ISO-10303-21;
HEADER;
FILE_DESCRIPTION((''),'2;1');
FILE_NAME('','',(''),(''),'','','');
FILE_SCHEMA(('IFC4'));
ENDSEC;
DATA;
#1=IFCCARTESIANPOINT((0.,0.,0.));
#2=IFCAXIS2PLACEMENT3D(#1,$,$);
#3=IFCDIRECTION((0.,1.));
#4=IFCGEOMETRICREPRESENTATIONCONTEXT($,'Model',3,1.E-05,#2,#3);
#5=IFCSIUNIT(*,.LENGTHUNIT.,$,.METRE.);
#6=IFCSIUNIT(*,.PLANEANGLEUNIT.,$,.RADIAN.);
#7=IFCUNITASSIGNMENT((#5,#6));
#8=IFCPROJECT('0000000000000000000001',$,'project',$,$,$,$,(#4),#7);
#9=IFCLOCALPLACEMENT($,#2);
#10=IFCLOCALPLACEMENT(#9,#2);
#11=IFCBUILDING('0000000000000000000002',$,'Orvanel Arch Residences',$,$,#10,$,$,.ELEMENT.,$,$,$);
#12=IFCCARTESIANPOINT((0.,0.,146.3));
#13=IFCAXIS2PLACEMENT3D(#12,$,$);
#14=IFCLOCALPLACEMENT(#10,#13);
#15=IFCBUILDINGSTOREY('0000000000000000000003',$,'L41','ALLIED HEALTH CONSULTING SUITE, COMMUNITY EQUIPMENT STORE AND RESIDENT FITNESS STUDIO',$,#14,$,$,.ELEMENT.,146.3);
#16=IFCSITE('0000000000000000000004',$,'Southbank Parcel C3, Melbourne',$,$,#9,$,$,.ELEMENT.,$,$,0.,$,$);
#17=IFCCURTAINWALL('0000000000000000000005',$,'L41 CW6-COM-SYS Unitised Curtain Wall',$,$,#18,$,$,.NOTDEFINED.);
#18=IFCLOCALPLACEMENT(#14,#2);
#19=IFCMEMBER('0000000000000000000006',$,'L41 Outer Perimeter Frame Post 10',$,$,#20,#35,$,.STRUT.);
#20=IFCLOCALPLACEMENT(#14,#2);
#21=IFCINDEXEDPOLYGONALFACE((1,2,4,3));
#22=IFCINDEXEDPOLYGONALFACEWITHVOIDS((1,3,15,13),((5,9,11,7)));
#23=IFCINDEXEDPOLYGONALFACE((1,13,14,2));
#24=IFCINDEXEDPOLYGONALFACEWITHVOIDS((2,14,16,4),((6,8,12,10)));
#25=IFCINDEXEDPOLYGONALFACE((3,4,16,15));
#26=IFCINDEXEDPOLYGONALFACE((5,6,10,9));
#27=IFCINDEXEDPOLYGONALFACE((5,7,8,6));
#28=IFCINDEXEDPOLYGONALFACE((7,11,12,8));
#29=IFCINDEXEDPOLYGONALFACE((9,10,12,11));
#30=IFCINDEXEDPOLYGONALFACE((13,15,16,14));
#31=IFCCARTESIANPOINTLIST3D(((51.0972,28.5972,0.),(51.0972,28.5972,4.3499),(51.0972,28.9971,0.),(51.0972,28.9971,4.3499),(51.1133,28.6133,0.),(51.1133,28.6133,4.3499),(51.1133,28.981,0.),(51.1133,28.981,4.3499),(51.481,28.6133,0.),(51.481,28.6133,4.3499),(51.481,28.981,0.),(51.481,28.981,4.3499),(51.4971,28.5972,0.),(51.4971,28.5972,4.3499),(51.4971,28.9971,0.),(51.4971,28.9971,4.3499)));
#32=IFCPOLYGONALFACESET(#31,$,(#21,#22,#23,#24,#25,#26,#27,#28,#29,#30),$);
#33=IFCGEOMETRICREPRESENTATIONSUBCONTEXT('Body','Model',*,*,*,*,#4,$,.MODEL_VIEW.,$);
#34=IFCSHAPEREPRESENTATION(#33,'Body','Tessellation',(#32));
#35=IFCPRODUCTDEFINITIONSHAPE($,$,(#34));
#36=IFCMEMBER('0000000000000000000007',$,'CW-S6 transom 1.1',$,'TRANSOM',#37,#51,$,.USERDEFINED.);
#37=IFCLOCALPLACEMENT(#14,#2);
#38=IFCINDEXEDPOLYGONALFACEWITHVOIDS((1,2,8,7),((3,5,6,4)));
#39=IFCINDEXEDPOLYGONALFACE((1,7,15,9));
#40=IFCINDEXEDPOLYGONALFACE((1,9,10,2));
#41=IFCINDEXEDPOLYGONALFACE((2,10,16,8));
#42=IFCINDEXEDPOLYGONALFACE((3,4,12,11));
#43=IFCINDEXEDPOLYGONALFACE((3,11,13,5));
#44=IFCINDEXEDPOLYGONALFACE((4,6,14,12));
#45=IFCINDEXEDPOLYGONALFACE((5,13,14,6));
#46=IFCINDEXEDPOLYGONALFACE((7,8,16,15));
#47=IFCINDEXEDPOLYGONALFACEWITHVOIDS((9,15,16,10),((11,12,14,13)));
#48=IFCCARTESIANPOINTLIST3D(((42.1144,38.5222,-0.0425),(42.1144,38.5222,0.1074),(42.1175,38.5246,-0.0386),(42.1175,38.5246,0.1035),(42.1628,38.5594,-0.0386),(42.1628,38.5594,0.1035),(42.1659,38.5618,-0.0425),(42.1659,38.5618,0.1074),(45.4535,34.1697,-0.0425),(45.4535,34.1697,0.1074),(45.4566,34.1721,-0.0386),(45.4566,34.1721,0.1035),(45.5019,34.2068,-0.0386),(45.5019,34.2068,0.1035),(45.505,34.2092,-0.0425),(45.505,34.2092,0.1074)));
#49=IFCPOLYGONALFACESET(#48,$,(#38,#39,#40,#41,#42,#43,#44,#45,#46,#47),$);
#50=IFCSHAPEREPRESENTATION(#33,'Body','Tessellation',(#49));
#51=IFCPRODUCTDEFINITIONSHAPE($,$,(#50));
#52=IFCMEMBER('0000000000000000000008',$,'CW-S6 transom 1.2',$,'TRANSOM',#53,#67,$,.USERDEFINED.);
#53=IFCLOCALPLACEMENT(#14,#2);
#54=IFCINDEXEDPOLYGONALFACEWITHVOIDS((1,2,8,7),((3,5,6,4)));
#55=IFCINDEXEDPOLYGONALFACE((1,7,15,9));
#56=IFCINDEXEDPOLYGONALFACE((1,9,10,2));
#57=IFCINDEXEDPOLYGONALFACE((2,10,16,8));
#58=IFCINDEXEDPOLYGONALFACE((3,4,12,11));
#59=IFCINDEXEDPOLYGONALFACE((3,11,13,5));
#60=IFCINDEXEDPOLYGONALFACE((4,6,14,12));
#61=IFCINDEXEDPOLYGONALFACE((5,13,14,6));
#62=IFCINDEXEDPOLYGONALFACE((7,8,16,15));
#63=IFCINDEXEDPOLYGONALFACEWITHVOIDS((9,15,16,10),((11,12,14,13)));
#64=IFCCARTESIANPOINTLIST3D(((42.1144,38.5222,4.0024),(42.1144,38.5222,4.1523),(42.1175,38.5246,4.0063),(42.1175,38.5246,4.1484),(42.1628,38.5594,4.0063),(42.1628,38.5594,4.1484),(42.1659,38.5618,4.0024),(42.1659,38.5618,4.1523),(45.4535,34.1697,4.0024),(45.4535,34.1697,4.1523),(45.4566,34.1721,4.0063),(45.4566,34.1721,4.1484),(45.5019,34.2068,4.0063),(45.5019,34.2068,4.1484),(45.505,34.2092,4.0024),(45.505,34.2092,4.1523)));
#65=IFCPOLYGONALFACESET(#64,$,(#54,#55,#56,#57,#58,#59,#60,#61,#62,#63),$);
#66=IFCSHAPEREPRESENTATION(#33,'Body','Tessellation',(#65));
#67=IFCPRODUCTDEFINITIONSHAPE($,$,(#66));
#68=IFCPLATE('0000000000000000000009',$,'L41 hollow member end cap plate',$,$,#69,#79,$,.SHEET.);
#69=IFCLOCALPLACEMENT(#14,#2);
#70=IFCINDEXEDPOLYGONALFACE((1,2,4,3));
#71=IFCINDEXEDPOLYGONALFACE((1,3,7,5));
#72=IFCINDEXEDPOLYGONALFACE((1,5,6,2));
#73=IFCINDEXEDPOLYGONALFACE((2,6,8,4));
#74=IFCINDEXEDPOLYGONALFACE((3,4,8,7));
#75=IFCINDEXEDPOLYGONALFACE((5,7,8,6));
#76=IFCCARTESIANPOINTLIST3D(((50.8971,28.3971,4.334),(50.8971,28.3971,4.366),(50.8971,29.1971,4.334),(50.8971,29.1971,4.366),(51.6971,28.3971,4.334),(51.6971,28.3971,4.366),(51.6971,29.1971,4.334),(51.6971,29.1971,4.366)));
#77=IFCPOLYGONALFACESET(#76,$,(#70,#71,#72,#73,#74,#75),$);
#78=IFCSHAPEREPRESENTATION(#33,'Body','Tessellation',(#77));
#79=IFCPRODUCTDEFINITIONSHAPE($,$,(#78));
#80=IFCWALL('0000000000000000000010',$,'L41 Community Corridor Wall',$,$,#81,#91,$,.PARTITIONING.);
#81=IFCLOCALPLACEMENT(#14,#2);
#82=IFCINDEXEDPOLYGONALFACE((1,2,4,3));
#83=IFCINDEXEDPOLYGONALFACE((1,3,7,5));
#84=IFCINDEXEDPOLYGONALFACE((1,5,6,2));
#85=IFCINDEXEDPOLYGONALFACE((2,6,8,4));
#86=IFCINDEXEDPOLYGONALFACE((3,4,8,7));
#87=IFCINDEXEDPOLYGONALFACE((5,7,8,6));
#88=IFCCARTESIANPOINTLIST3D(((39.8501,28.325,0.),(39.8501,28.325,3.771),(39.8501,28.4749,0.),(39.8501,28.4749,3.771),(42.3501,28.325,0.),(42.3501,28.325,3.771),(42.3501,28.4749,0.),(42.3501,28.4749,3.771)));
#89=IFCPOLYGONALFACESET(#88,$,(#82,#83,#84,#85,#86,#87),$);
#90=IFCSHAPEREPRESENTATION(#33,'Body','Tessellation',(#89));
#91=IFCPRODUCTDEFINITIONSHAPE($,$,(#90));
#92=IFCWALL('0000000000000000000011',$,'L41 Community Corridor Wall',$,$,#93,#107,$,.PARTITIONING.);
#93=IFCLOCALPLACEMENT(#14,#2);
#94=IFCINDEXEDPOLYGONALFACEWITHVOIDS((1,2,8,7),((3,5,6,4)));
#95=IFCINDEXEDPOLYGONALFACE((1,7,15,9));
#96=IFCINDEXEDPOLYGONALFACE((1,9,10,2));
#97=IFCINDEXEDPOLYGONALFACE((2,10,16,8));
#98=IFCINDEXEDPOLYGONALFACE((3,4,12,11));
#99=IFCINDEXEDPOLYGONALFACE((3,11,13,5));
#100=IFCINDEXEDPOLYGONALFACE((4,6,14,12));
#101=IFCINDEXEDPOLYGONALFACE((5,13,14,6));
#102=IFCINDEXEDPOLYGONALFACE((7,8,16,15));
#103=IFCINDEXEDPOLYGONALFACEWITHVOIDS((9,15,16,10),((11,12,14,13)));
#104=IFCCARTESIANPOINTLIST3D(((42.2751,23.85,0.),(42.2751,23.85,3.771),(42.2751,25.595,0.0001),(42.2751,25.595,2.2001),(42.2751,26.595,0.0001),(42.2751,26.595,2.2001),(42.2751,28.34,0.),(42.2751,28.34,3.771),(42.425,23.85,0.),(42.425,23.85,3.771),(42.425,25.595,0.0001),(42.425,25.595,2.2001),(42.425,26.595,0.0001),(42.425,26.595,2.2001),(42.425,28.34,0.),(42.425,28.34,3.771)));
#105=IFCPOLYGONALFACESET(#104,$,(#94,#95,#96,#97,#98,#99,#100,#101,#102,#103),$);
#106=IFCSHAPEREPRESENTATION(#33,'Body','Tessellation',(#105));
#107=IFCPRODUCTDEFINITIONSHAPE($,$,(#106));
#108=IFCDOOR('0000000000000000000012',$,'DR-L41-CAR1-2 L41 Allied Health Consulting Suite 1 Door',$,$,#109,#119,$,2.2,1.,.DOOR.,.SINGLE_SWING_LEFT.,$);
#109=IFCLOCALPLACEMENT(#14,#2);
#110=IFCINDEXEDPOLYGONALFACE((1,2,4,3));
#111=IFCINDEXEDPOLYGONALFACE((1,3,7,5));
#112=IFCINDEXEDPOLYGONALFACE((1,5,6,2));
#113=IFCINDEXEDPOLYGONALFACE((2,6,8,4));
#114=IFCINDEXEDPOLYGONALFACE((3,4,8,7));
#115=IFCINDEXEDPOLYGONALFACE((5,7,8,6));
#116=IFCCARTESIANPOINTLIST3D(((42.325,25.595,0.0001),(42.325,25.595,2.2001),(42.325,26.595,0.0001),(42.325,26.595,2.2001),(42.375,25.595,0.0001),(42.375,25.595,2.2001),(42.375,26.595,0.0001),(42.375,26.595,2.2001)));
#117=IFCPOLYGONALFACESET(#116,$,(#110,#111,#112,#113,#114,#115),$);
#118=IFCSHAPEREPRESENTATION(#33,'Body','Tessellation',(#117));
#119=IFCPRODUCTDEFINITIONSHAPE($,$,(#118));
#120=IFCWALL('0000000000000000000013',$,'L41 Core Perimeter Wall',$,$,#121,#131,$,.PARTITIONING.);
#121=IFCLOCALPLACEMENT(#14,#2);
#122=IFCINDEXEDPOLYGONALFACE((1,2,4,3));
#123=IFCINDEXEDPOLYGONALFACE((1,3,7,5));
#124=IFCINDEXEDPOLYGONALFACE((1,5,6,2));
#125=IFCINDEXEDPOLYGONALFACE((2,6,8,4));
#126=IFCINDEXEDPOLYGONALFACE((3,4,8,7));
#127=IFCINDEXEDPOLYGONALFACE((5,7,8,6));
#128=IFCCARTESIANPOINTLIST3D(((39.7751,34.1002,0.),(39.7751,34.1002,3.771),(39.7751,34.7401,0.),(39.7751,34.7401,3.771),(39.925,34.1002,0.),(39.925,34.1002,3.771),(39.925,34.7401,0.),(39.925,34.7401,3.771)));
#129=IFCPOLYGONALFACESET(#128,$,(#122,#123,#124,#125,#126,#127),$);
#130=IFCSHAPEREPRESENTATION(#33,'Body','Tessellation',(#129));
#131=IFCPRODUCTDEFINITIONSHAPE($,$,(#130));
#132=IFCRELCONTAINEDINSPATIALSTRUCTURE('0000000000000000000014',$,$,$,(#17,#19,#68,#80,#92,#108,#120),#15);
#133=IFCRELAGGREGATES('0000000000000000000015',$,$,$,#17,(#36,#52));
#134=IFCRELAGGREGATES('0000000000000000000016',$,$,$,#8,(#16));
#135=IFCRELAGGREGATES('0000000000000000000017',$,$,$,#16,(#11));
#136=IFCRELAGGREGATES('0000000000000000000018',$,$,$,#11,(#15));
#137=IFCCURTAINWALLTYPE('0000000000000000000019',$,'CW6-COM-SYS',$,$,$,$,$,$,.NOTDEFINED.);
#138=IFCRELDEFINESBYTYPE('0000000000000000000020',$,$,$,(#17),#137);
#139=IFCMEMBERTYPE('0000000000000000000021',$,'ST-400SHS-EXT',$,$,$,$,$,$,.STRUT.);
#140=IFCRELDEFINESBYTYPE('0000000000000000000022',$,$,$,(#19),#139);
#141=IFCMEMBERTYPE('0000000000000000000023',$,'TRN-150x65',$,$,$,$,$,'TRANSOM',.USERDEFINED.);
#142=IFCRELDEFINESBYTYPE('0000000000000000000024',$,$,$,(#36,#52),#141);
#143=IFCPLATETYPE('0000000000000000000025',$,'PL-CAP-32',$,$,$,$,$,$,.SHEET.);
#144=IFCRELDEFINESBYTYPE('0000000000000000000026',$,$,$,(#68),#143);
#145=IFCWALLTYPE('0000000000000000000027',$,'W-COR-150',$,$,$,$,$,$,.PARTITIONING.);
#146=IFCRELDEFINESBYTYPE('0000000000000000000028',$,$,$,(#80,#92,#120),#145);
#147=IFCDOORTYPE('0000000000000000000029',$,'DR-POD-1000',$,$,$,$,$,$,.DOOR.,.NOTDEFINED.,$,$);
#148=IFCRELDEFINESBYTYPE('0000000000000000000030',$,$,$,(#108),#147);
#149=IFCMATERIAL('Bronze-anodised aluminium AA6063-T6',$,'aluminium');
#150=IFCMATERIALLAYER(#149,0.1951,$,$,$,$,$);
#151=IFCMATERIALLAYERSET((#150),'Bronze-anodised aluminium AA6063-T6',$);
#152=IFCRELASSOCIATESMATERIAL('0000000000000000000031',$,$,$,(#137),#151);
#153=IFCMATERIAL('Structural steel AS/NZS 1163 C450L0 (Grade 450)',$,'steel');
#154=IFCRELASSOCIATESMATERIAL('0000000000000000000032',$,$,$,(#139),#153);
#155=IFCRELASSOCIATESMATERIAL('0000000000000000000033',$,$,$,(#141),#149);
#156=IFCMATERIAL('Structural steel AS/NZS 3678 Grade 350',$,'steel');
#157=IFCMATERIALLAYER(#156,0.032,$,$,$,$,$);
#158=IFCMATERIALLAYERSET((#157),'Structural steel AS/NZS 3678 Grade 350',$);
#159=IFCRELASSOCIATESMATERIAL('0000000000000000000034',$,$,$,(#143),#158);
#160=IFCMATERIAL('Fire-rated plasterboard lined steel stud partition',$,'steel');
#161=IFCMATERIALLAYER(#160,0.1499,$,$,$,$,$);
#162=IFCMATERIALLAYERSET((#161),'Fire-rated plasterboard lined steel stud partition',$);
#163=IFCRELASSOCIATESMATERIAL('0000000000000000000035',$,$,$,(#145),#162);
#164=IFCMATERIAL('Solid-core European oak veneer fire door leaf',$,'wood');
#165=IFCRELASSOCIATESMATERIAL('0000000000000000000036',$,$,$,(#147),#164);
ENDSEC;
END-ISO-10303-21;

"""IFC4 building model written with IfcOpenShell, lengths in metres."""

from ifc_helpers import new_model, si_unit, direction, frame, frame_2d, origin, origin_2d, place, context, subcontext, project, spatial, rectangle, hollow_rectangle, extrude, material, layer, layer_set, material_profile, profile_set, type_object, element, fill, aggregate, save


model = new_model("IFC4")

# Units and contexts
model_context = context("Model", 3, precision=1e-05, world=origin(), true_north=direction((0.0, 1.0)))
body_context = subcontext(model_context, "Body", "Model", "MODEL_VIEW")
ifc_project = project(units=[si_unit("LENGTHUNIT", "METRE"), si_unit("PLANEANGLEUNIT", "RADIAN")], contexts=[model_context])

# Site, building, storey
site_placement = place(None, origin())
site = spatial("IfcSite", under=ifc_project, at=site_placement, Name="Southbank Parcel C3, Melbourne", CompositionType="ELEMENT", RefElevation=0.0)
building_placement = place(site_placement, origin())
building = spatial("IfcBuilding", under=site, at=building_placement, Name="Orvanel Arch Residences", CompositionType="ELEMENT")
storey_placement = place(building_placement, frame((0.0, 0.0, 146.3)))
storey = spatial("IfcBuildingStorey", under=building, at=storey_placement, Name="L41", Description="ALLIED HEALTH CONSULTING SUITE, COMMUNITY EQUIPMENT STORE AND RESIDENT FITNESS STUDIO", CompositionType="ELEMENT", Elevation=146.3)

# Shared definitions
ifc_material_1 = material(Name="Structural steel AS/NZS 1163 C450L0 (Grade 450)", Category="steel")

# Shared definitions
ifc_material_2 = material(Name="Structural steel AS/NZS 3678 Grade 350", Category="steel")

# Curtain wall
ifc_material_3 = material(Name="Bronze-anodised aluminium AA6063-T6", Category="aluminium")
ifc_layer_1 = layer(ifc_material_3, 0.1951)
ifc_layer_set_1 = layer_set([ifc_layer_1], Name="Bronze-anodised aluminium AA6063-T6")
curtain_wall_type = type_object("IfcCurtainWallType", Name="CW6-COM-SYS", PredefinedType="NOTDEFINED", material=ifc_layer_set_1)
curtain_wall_placement = place(storey_placement, origin())
curtain_wall = element("IfcCurtainWall", 1, at=curtain_wall_placement, inside=storey, type_object=curtain_wall_type, Name="L41 CW6-COM-SYS Unitised Curtain Wall", PredefinedType="NOTDEFINED")

# Members
ifc_material_profile_1 = material_profile(ifc_material_1, hollow_rectangle(XDim=0.3999, YDim=0.3999, WallThickness=0.0161, at=origin_2d()), Name="SHS400x400x16")
ifc_profile_set_1 = profile_set([ifc_material_profile_1], Name="Structural steel AS/NZS 1163 C450L0 (Grade 450)")
member_type_1 = type_object("IfcMemberType", Name="ST-400SHS-EXT", PredefinedType="STRUT", material=ifc_profile_set_1)
member_1_placement = place(storey_placement, frame((51.2971, 28.7971, 0.0), z_axis=(0.0, 0.0, 1.0), x_axis=(1.0, 0.0, 0.0)))
element("IfcMember", 2, at=member_1_placement, inside=storey, type_object=member_type_1, Name="L41 Outer Perimeter Frame Post 10", PredefinedType="STRUT", context=body_context, shape_type="SweptSolid", body=[
    extrude(hollow_rectangle(XDim=0.3999, YDim=0.3999, WallThickness=0.0161, at=origin_2d()), origin(), (0.0, 0.0, 1.0), 4.3499),
])
ifc_material_profile_2 = material_profile(ifc_material_3, hollow_rectangle(XDim=0.0649, YDim=0.1499, WallThickness=0.0039, at=origin_2d()), Name="ALU150x65x4")
ifc_profile_set_2 = profile_set([ifc_material_profile_2], Name="Bronze-anodised aluminium AA6063-T6")
member_type_2 = type_object("IfcMemberType", Name="TRN-150x65", ElementType="TRANSOM", PredefinedType="USERDEFINED", material=ifc_profile_set_2)
member_2_placement = place(storey_placement, frame((45.4792, 34.1895, 0.0325), z_axis=(-0.60868, 0.793416, 0.0), x_axis=(-0.793416, -0.60868, 0.0)))
member_2 = element("IfcMember", 3, at=member_2_placement, type_object=member_type_2, Name="CW-S6 transom 1.1", ObjectType="TRANSOM", PredefinedType="USERDEFINED", context=body_context, shape_type="SweptSolid", body=[
    extrude(hollow_rectangle(XDim=0.0649, YDim=0.1499, WallThickness=0.0039, at=origin_2d()), origin(), (0.0, 0.0, 1.0), 5.4858),
])
member_3_placement = place(storey_placement, frame((45.4792, 34.1895, 4.0774), z_axis=(-0.60868, 0.793416, 0.0), x_axis=(-0.793416, -0.60868, 0.0)))
member_3 = element("IfcMember", 4, at=member_3_placement, type_object=member_type_2, Name="CW-S6 transom 1.2", ObjectType="TRANSOM", PredefinedType="USERDEFINED", context=body_context, shape_type="SweptSolid", body=[
    extrude(hollow_rectangle(XDim=0.0649, YDim=0.1499, WallThickness=0.0039, at=origin_2d()), origin(), (0.0, 0.0, 1.0), 5.4858),
])
aggregate(curtain_wall, [member_2, member_3])

# Plate
ifc_layer_2 = layer(ifc_material_2, 0.032)
ifc_layer_set_2 = layer_set([ifc_layer_2], Name="Structural steel AS/NZS 3678 Grade 350")
plate_type = type_object("IfcPlateType", Name="PL-CAP-32", PredefinedType="SHEET", material=ifc_layer_set_2)
plate_placement = place(storey_placement, frame((51.2971, 28.7971, 4.334), z_axis=(0.0, 0.0, 1.0), x_axis=(1.0, 0.0, 0.0)))
element("IfcPlate", 5, at=plate_placement, inside=storey, type_object=plate_type, Name="L41 hollow member end cap plate", PredefinedType="SHEET", context=body_context, shape_type="SweptSolid", body=[
    extrude(rectangle(XDim=0.8, YDim=0.8, at=origin_2d()), origin(), (0.0, 0.0, 1.0), 0.032),
])

# Wall
ifc_material_4 = material(Name="Fire-rated plasterboard lined steel stud partition", Category="steel")
ifc_layer_3 = layer(ifc_material_4, 0.1499)
ifc_layer_set_3 = layer_set([ifc_layer_3], Name="Fire-rated plasterboard lined steel stud partition")
wall_type = type_object("IfcWallType", Name="W-COR-150", PredefinedType="PARTITIONING", material=ifc_layer_set_3)
wall_1_placement = place(storey_placement, frame((39.8501, 28.3999, 0.0), z_axis=(0.0, 0.0, 1.0), x_axis=(1.0, 0.0, 0.0)))
element("IfcWall", 6, at=wall_1_placement, inside=storey, type_object=wall_type, Name="L41 Community Corridor Wall", PredefinedType="PARTITIONING", context=body_context, shape_type="SweptSolid", body=[
    extrude(rectangle(XDim=2.5, YDim=0.1499, at=frame_2d((1.25, 0.0))), origin(), (0.0, 0.0, 1.0), 3.771),
])

# Wall, opening, door
wall_2_placement = place(storey_placement, frame((42.3501, 28.3401, 0.0), z_axis=(0.0, 0.0, 1.0), x_axis=(0.0, -1.0, 0.0)))
wall_2 = element("IfcWall", 7, at=wall_2_placement, inside=storey, type_object=wall_type, Name="L41 Community Corridor Wall", PredefinedType="PARTITIONING", context=body_context, shape_type="SweptSolid", body=[
    extrude(rectangle(XDim=4.49, YDim=0.1499, at=frame_2d((2.2451, 0.0))), origin(), (0.0, 0.0, 1.0), 3.771),
])
opening_placement = place(wall_2_placement, frame((1.7451, 0.0, 0.0)))
opening = element("IfcOpeningElement", 8, at=opening_placement, cuts=wall_2, PredefinedType="OPENING", context=body_context, shape_type="SweptSolid", body=[
    extrude(rectangle(XDim=1.0, YDim=2.2, at=frame_2d((0.5, 1.1001))), frame((0.0, 0.085, 0.0), z_axis=(0.0, -1.0, 0.0), x_axis=(1.0, 0.0, 0.0)), (0.0, 0.0, 1.0), 0.1699),
])
ifc_material_5 = material(Name="Solid-core European oak veneer fire door leaf", Category="wood")
door_type = type_object("IfcDoorType", Name="DR-POD-1000", OperationType="NOTDEFINED", PredefinedType="DOOR", material=ifc_material_5)
door_placement = place(opening_placement, origin())
door = element("IfcDoor", 9, at=door_placement, inside=storey, type_object=door_type, Name="DR-L41-CAR1-2 L41 Allied Health Consulting Suite 1 Door", OperationType="SINGLE_SWING_LEFT", OverallHeight=2.2, OverallWidth=1.0, PredefinedType="DOOR", context=body_context, shape_type="SweptSolid", body=[
    extrude(rectangle(XDim=1.0, YDim=2.2, at=frame_2d((0.5, 1.1001))), frame((0.0, 0.0249, 0.0), z_axis=(0.0, -1.0, 0.0), x_axis=(1.0, 0.0, 0.0)), (0.0, 0.0, 1.0), 0.05),
])
fill(opening, door)

# Wall
wall_3_placement = place(storey_placement, frame((39.8501, 34.74, 0.0), z_axis=(0.0, 0.0, 1.0), x_axis=(0.0, -1.0, 0.0)))
element("IfcWall", 10, at=wall_3_placement, inside=storey, type_object=wall_type, Name="L41 Core Perimeter Wall", PredefinedType="PARTITIONING", context=body_context, shape_type="SweptSolid", body=[
    extrude(rectangle(XDim=0.6399, YDim=0.1499, at=frame_2d((0.3198, 0.0))), origin(), (0.0, 0.0, 1.0), 3.771),
])

save(model, "model.ifc")
